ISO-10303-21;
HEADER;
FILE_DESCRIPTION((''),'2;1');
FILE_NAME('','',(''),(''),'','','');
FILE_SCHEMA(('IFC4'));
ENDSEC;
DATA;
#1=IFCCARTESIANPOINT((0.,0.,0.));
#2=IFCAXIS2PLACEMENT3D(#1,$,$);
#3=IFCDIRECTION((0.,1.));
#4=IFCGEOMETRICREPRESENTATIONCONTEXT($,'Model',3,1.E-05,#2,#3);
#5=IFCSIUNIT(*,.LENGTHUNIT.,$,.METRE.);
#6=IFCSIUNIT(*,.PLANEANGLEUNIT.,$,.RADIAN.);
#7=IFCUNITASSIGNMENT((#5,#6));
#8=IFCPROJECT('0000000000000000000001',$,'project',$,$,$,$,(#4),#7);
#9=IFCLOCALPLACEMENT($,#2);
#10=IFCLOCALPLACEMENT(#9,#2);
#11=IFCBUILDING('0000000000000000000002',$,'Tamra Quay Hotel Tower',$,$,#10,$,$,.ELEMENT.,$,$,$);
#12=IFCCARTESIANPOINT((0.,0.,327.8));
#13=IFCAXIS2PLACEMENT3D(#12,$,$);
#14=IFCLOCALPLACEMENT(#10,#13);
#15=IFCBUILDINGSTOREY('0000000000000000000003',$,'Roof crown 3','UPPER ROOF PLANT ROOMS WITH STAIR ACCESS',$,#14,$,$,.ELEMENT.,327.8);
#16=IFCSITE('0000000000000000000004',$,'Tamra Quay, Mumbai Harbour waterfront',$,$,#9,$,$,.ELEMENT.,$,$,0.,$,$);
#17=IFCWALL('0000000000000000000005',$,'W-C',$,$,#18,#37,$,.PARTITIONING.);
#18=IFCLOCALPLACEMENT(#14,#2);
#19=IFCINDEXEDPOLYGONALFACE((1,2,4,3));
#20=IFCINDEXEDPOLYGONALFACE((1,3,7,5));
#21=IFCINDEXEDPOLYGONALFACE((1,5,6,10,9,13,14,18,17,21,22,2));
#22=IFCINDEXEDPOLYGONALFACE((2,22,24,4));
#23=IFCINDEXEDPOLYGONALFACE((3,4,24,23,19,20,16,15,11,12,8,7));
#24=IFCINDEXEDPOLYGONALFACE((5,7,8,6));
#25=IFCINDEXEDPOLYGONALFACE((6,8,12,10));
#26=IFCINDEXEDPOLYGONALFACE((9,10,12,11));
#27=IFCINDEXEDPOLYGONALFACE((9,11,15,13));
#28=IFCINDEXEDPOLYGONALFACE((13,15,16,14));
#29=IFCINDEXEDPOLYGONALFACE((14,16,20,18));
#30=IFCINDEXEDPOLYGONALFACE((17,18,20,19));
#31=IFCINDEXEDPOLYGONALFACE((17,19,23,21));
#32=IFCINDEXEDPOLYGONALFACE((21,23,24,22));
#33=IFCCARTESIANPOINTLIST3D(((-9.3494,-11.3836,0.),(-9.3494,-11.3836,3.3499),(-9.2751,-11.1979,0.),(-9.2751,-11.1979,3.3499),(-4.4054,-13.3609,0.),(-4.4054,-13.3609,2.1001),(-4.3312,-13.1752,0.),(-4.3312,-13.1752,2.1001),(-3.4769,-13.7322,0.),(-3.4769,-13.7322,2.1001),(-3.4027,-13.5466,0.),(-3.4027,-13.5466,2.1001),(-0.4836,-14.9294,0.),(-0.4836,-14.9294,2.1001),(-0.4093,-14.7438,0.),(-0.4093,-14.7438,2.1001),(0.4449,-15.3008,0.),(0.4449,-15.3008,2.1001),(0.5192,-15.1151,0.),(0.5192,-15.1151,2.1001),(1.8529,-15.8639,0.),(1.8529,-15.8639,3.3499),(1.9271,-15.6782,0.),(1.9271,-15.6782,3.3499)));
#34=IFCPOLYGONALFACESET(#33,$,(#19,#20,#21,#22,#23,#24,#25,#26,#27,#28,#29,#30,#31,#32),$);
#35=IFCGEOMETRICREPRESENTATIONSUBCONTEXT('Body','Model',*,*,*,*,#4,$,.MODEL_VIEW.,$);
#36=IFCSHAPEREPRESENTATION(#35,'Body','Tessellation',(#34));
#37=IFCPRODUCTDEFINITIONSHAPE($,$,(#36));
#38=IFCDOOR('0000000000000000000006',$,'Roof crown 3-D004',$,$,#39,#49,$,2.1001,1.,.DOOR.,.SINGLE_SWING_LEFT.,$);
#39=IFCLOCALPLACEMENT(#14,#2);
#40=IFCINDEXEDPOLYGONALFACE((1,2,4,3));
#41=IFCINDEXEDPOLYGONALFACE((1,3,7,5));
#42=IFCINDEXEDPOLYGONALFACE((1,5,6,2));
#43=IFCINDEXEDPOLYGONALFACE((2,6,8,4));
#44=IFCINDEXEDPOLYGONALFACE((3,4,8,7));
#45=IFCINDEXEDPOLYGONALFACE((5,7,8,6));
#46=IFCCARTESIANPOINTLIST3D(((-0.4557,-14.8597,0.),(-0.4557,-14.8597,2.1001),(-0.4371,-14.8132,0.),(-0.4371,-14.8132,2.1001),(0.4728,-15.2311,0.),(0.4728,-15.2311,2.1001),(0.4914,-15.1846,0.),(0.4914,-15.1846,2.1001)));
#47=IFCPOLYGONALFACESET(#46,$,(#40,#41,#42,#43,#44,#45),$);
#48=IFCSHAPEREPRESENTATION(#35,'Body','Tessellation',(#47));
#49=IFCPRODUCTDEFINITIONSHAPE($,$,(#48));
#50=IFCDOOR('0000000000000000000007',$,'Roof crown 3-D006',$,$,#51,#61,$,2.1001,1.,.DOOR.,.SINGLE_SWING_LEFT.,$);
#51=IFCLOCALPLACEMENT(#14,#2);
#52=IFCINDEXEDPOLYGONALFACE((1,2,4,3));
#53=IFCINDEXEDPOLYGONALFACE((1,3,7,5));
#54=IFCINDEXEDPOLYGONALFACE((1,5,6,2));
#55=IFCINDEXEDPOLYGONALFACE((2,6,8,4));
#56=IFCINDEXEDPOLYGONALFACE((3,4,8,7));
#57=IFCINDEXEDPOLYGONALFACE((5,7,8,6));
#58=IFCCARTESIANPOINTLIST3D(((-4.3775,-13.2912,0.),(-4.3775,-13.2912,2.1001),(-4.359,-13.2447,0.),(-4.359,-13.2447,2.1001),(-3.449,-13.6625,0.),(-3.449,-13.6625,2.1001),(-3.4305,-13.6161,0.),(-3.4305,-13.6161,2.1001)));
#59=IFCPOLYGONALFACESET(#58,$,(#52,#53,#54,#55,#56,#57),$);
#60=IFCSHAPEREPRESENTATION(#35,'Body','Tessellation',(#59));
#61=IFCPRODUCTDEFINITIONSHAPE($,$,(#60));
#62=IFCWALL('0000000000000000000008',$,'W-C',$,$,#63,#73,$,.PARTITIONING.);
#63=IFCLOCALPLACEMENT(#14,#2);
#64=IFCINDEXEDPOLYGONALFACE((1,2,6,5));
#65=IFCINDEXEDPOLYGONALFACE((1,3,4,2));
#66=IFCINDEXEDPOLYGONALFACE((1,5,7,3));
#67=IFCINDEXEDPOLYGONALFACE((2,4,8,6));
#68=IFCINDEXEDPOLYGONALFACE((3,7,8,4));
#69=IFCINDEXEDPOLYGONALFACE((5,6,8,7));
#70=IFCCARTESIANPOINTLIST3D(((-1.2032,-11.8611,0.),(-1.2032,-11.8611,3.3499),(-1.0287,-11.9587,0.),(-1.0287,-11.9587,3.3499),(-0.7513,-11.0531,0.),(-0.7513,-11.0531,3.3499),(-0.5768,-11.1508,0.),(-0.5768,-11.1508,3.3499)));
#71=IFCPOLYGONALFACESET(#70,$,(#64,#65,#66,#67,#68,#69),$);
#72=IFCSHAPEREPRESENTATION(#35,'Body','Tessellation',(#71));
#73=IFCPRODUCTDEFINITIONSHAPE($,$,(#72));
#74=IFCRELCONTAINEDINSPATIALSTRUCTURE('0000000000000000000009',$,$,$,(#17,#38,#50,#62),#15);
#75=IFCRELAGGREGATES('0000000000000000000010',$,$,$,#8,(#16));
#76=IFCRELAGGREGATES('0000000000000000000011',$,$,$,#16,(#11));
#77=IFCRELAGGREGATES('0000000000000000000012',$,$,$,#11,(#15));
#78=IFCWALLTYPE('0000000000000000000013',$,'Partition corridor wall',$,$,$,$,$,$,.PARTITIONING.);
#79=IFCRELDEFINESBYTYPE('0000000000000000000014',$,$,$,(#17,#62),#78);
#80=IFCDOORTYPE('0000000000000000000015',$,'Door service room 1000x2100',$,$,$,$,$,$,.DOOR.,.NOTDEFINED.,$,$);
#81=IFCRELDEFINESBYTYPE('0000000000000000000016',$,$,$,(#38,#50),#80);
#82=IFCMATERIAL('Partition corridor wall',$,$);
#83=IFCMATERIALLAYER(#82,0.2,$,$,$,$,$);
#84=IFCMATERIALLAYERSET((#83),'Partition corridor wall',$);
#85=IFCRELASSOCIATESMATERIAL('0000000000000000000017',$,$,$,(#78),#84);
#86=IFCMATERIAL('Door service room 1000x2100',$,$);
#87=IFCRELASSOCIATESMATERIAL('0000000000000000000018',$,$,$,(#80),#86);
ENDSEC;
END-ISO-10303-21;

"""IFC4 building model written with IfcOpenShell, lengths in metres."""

from ifc_helpers import new_model, si_unit, direction, frame, frame_2d, origin, place, context, subcontext, project, spatial, rectangle, extrude, material, layer, layer_set, type_object, element, fill, save


model = new_model("IFC4")

# Units and contexts
model_context = context("Model", 3, precision=1e-05, world=origin(), true_north=direction((0.0, 1.0)))
body_context = subcontext(model_context, "Body", "Model", "MODEL_VIEW")
ifc_project = project(units=[si_unit("LENGTHUNIT", "METRE"), si_unit("PLANEANGLEUNIT", "RADIAN")], contexts=[model_context])

# Site, building, storey
site_placement = place(None, origin())
site = spatial("IfcSite", under=ifc_project, at=site_placement, Name="Tamra Quay, Mumbai Harbour waterfront", CompositionType="ELEMENT", RefElevation=0.0)
building_placement = place(site_placement, origin())
building = spatial("IfcBuilding", under=site, at=building_placement, Name="Tamra Quay Hotel Tower", CompositionType="ELEMENT")
storey_placement = place(building_placement, frame((0.0, 0.0, 327.8)))
storey = spatial("IfcBuildingStorey", under=building, at=storey_placement, Name="Roof crown 3", Description="UPPER ROOF PLANT ROOMS WITH STAIR ACCESS", CompositionType="ELEMENT", Elevation=327.8)

# Wall, openings, doors
ifc_material_1 = material(Name="Partition corridor wall")
ifc_layer_1 = layer(ifc_material_1, 0.2)
ifc_layer_set_1 = layer_set([ifc_layer_1], Name="Partition corridor wall")
wall_type = type_object("IfcWallType", Name="Partition corridor wall", PredefinedType="PARTITIONING", material=ifc_layer_set_1)
wall_1_placement = place(storey_placement, frame((-9.3123, -11.2908, 0.0), z_axis=(0.0, 0.0, 1.0), x_axis=(0.928495, -0.371345, 0.0)))
wall_1 = element("IfcWall", 1, at=wall_1_placement, inside=storey, type_object=wall_type, Name="W-C", PredefinedType="PARTITIONING", context=body_context, shape_type="SweptSolid", body=[
    extrude(rectangle(XDim=12.0649, YDim=0.2, at=frame_2d((6.0325, 0.0))), origin(), (0.0, 0.0, 1.0), 3.3499),
])
opening_1_placement = place(wall_1_placement, frame((9.5486, 0.0, 0.0)))
opening_1 = element("IfcOpeningElement", 2, at=opening_1_placement, cuts=wall_1, PredefinedType="OPENING", context=body_context, shape_type="SweptSolid", body=[
    extrude(rectangle(XDim=1.0, YDim=2.1001, at=frame_2d((0.5, 1.05))), frame((0.0, 0.1099, 0.0), z_axis=(0.0, -1.0, 0.0), x_axis=(1.0, 0.0, 0.0)), (0.0, 0.0, 1.0), 0.22),
])
opening_2_placement = place(wall_1_placement, frame((5.3247, 0.0, 0.0)))
opening_2 = element("IfcOpeningElement", 3, at=opening_2_placement, cuts=wall_1, PredefinedType="OPENING", context=body_context, shape_type="SweptSolid", body=[
    extrude(rectangle(XDim=1.0, YDim=2.1001, at=frame_2d((0.5, 1.05))), frame((0.0, 0.1099, 0.0), z_axis=(0.0, -1.0, 0.0), x_axis=(1.0, 0.0, 0.0)), (0.0, 0.0, 1.0), 0.22),
])
ifc_material_2 = material(Name="Door service room 1000x2100")
door_type = type_object("IfcDoorType", Name="Door service room 1000x2100", OperationType="NOTDEFINED", PredefinedType="DOOR", material=ifc_material_2)
door_1_placement = place(opening_1_placement, frame((1.0, 0.0, 0.0), z_axis=(0.0, 0.0, 1.0), x_axis=(-1.0, 0.0, 0.0)))
door_1 = element("IfcDoor", 4, at=door_1_placement, inside=storey, type_object=door_type, Name="Roof crown 3-D004", OperationType="SINGLE_SWING_LEFT", OverallHeight=2.1001, OverallWidth=1.0, PredefinedType="DOOR", context=body_context, shape_type="SweptSolid", body=[
    extrude(rectangle(XDim=1.0, YDim=2.1001, at=frame_2d((0.5, 1.05))), frame((0.0, 0.0249, 0.0), z_axis=(0.0, -1.0, 0.0), x_axis=(1.0, 0.0, 0.0)), (0.0, 0.0, 1.0), 0.05),
])
fill(opening_1, door_1)
door_2_placement = place(opening_2_placement, frame((1.0, 0.0, 0.0), z_axis=(0.0, 0.0, 1.0), x_axis=(-1.0, 0.0, 0.0)))
door_2 = element("IfcDoor", 5, at=door_2_placement, inside=storey, type_object=door_type, Name="Roof crown 3-D006", OperationType="SINGLE_SWING_LEFT", OverallHeight=2.1001, OverallWidth=1.0, PredefinedType="DOOR", context=body_context, shape_type="SweptSolid", body=[
    extrude(rectangle(XDim=1.0, YDim=2.1001, at=frame_2d((0.5, 1.05))), frame((0.0, 0.0249, 0.0), z_axis=(0.0, -1.0, 0.0), x_axis=(1.0, 0.0, 0.0)), (0.0, 0.0, 1.0), 0.05),
])
fill(opening_2, door_2)

# Wall
wall_2_placement = place(storey_placement, frame((-1.116, -11.9099, 0.0), z_axis=(0.0, 0.0, 1.0), x_axis=(0.488194, 0.872735, 0.0)))
element("IfcWall", 6, at=wall_2_placement, inside=storey, type_object=wall_type, Name="W-C", PredefinedType="PARTITIONING", context=body_context, shape_type="SweptSolid", body=[
    extrude(rectangle(XDim=0.9258, YDim=0.2, at=frame_2d((0.4629, 0.0))), origin(), (0.0, 0.0, 1.0), 3.3499),
])

save(model, "model.ifc")
